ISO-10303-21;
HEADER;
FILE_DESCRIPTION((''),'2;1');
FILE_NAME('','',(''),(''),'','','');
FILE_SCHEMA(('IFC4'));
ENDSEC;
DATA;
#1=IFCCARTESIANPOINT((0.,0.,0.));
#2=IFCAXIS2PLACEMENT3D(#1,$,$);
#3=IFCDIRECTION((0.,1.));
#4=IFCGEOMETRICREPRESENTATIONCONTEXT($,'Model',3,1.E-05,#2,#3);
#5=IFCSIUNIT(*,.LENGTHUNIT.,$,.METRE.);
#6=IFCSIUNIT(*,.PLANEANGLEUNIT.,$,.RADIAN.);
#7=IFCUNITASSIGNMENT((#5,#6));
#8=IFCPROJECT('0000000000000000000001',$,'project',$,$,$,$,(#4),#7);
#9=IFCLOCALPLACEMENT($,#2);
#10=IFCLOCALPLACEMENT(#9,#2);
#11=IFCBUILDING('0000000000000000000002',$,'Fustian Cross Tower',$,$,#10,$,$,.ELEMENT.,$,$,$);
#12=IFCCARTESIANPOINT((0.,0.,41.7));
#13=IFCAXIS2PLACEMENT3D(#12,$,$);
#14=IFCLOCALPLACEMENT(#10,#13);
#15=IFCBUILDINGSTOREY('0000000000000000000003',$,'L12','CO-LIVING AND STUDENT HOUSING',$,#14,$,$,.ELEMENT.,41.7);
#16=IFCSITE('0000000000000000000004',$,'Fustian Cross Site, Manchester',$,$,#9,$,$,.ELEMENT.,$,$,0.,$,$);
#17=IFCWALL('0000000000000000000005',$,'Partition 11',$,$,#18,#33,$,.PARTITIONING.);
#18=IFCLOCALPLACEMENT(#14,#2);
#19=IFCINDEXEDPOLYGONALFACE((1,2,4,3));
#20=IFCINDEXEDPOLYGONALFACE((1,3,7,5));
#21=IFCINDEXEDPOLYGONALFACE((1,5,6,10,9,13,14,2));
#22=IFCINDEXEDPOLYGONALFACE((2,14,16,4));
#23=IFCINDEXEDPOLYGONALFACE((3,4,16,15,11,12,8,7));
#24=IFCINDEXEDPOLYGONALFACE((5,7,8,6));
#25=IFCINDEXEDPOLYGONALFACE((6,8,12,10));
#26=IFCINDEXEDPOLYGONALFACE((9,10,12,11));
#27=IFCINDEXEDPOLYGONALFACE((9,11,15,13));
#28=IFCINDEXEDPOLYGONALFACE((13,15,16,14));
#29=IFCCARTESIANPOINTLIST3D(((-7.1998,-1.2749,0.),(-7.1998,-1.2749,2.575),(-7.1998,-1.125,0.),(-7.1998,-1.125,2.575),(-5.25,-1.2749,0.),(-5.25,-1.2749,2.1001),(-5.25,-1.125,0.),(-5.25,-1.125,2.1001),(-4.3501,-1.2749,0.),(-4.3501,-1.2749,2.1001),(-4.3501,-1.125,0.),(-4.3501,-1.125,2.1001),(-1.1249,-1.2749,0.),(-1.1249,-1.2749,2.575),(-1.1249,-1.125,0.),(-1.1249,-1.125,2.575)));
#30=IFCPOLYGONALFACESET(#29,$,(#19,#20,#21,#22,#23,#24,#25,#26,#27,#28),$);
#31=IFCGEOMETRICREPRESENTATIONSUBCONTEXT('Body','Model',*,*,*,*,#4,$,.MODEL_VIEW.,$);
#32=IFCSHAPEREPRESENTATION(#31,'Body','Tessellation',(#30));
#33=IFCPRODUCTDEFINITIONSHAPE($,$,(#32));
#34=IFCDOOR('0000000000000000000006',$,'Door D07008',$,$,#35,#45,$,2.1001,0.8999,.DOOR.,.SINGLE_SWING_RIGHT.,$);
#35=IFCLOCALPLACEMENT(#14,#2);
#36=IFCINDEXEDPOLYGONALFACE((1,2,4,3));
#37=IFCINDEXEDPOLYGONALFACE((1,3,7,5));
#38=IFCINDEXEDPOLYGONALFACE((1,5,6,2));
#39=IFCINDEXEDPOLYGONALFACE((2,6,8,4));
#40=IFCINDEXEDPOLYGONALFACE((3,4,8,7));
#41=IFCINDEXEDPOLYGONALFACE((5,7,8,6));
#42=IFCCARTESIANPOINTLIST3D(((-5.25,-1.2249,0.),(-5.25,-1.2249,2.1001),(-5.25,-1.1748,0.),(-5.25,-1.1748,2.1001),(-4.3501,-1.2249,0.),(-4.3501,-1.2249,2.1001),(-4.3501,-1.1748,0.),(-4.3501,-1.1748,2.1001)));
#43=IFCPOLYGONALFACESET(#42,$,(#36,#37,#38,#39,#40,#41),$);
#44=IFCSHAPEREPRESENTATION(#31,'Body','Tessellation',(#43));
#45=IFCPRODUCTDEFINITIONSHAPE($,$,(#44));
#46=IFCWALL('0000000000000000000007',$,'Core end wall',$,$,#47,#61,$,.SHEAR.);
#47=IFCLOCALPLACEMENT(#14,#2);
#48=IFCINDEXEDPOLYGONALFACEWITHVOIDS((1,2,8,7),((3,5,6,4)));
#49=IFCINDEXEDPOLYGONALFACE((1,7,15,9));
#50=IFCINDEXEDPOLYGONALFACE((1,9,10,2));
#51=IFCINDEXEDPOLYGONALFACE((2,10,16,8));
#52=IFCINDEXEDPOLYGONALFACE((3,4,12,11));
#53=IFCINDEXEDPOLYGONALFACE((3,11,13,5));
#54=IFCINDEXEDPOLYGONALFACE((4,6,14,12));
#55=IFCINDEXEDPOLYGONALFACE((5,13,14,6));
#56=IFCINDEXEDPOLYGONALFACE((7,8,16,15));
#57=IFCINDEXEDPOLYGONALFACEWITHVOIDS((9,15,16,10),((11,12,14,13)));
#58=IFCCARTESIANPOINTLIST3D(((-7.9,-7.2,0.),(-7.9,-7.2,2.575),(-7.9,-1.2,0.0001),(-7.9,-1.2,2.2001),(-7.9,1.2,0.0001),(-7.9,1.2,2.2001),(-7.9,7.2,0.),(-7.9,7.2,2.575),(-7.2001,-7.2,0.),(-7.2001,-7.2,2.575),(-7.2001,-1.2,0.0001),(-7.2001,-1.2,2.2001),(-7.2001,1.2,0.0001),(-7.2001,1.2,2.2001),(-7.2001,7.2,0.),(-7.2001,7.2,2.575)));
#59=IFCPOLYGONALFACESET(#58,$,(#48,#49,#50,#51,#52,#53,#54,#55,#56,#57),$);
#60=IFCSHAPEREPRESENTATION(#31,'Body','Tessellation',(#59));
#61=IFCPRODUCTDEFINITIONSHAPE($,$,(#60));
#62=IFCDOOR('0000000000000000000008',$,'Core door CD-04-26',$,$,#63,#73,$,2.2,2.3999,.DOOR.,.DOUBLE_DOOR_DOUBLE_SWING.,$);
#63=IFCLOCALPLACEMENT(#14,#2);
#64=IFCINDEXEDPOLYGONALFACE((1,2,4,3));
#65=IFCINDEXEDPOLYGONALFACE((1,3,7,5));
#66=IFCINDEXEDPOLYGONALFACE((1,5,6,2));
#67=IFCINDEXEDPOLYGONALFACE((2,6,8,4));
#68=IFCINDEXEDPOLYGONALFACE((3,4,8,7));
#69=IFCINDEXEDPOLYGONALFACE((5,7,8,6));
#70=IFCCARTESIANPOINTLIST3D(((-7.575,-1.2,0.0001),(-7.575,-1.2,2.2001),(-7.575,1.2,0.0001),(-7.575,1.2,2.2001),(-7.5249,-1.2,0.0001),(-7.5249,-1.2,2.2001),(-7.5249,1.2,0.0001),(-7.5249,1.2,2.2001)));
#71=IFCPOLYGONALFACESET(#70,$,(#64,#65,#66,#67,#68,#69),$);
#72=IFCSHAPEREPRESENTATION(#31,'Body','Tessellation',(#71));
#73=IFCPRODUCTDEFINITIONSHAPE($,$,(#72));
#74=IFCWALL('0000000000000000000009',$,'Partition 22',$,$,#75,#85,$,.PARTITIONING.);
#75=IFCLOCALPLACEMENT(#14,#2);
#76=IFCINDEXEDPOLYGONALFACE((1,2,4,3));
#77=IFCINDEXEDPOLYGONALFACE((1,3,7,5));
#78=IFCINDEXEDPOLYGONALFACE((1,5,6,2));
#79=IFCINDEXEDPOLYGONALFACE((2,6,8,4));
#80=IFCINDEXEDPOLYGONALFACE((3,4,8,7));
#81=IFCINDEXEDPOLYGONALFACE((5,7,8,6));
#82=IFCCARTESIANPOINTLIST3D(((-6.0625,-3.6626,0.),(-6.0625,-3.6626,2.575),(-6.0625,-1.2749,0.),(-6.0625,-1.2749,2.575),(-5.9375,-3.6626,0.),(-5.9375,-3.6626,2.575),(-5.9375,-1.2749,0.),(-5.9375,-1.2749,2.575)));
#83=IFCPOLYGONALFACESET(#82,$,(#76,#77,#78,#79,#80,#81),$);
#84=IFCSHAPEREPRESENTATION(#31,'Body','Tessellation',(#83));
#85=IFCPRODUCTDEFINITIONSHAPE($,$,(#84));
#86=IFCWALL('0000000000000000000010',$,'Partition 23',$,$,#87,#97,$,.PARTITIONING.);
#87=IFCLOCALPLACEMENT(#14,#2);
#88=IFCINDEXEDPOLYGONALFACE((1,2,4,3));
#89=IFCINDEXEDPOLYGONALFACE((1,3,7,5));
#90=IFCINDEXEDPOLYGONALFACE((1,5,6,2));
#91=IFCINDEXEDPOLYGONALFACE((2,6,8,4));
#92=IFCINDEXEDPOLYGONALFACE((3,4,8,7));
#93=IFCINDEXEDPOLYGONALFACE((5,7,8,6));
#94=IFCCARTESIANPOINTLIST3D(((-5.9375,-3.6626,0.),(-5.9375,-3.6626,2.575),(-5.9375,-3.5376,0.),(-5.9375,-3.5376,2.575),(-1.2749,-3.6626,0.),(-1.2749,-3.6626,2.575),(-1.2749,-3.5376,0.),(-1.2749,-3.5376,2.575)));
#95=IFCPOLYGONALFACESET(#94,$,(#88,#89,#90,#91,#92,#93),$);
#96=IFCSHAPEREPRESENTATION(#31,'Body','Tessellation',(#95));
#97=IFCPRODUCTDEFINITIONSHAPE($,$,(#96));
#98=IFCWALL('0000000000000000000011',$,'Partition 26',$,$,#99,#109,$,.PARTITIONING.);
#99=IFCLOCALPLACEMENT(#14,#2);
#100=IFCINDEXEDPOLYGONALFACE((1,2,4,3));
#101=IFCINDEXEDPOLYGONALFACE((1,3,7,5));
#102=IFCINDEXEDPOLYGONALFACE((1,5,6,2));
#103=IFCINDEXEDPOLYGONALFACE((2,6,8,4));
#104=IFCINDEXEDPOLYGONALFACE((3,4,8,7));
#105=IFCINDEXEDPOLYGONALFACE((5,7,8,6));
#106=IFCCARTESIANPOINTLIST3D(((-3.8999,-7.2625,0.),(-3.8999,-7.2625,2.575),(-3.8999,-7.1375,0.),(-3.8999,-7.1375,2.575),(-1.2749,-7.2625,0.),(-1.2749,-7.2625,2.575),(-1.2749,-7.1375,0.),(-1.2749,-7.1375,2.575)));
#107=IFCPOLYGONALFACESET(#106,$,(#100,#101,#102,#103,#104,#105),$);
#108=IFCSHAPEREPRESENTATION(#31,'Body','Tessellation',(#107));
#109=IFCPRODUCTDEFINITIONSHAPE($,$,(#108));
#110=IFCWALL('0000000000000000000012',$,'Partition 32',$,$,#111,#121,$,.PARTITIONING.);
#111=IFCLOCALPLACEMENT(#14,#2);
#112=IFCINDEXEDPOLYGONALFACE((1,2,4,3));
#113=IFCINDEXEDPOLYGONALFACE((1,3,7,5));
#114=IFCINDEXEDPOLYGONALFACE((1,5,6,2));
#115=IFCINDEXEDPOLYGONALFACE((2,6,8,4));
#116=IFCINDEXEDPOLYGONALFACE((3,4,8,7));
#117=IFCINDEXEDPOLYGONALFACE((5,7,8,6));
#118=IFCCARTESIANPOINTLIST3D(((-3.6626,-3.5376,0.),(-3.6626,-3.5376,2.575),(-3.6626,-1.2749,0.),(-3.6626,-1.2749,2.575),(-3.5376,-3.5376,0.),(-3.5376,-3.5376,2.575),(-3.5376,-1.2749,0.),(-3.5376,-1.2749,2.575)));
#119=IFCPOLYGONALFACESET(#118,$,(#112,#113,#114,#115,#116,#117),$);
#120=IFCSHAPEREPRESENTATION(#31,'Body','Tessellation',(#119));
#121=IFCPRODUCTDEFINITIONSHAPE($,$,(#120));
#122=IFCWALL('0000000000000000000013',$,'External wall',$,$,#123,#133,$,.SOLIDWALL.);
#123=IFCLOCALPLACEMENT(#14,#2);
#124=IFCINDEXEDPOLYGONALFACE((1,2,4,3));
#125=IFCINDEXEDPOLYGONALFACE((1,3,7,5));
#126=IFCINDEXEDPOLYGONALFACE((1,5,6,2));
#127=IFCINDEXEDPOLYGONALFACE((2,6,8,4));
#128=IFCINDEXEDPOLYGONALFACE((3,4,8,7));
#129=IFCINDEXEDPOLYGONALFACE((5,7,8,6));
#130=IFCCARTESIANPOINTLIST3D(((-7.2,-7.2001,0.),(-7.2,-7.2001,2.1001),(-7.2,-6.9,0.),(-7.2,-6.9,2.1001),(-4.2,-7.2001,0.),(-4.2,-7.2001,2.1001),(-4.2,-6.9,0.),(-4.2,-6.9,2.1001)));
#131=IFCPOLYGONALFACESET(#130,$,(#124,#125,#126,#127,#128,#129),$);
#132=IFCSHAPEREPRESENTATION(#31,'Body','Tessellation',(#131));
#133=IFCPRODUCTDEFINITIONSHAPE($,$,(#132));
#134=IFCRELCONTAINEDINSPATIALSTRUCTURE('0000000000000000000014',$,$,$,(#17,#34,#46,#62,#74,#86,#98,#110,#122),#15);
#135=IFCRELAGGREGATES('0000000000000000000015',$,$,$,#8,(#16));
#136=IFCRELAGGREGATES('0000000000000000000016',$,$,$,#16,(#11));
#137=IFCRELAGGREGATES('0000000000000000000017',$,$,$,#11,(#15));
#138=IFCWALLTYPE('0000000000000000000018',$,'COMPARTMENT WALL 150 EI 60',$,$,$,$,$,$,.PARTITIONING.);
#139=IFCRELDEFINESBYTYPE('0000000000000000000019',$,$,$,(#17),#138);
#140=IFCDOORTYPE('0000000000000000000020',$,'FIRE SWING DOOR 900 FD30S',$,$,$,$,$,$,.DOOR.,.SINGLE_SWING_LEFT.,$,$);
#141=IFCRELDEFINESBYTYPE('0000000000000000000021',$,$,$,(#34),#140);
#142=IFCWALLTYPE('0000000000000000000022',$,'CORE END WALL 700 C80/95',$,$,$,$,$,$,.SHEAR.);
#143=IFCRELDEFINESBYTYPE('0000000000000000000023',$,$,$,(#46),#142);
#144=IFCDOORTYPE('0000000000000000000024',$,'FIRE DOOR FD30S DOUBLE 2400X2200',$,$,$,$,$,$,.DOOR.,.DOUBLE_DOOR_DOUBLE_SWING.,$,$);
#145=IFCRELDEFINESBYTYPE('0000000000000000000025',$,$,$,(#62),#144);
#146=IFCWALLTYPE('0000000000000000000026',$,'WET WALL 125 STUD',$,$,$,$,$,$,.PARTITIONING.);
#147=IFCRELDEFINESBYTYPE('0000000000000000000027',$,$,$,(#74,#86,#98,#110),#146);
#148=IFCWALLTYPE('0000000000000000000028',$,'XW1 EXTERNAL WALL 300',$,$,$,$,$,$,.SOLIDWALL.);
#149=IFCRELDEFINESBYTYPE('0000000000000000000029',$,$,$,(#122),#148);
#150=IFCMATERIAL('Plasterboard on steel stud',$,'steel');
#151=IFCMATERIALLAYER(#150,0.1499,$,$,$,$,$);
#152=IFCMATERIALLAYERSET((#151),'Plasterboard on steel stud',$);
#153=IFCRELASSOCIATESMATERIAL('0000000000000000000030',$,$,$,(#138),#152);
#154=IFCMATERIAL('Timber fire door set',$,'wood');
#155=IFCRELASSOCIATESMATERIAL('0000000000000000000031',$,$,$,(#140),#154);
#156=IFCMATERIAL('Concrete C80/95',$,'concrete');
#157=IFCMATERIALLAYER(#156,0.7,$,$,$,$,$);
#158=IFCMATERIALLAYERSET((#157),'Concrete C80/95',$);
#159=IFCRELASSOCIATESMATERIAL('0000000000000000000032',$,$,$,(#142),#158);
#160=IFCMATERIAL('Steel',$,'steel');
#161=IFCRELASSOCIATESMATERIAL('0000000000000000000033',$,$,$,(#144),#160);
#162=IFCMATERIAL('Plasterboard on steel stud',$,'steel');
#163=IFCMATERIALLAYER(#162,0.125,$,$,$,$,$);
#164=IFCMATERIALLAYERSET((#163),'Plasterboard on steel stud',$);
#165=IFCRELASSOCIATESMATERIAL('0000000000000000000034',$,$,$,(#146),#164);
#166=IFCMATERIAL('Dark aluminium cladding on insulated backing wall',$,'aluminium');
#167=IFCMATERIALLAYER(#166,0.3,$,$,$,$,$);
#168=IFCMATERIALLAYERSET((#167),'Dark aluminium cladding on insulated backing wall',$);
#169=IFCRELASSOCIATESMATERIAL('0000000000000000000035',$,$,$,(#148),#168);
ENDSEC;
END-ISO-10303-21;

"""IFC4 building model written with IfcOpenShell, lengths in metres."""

from ifc_helpers import new_model, si_unit, direction, frame, frame_2d, origin, place, context, subcontext, project, spatial, rectangle, extrude, material, layer, layer_set, type_object, element, fill, save


model = new_model("IFC4")

# Units and contexts
model_context = context("Model", 3, precision=1e-05, world=origin(), true_north=direction((0.0, 1.0)))
body_context = subcontext(model_context, "Body", "Model", "MODEL_VIEW")
ifc_project = project(units=[si_unit("LENGTHUNIT", "METRE"), si_unit("PLANEANGLEUNIT", "RADIAN")], contexts=[model_context])

# Site, building, storey
site_placement = place(None, origin())
site = spatial("IfcSite", under=ifc_project, at=site_placement, Name="Fustian Cross Site, Manchester", CompositionType="ELEMENT", RefElevation=0.0)
building_placement = place(site_placement, origin())
building = spatial("IfcBuilding", under=site, at=building_placement, Name="Fustian Cross Tower", CompositionType="ELEMENT")
storey_placement = place(building_placement, frame((0.0, 0.0, 41.7)))
storey = spatial("IfcBuildingStorey", under=building, at=storey_placement, Name="L12", Description="CO-LIVING AND STUDENT HOUSING", CompositionType="ELEMENT", Elevation=41.7)

# Walls, openings, doors
ifc_material_1 = material(Name="Plasterboard on steel stud", Category="steel")
ifc_layer_1 = layer(ifc_material_1, 0.1499)
ifc_layer_set_1 = layer_set([ifc_layer_1], Name="Plasterboard on steel stud")
wall_type_1 = type_object("IfcWallType", Name="COMPARTMENT WALL 150 EI 60", PredefinedType="PARTITIONING", material=ifc_layer_set_1)
wall_1_placement = place(storey_placement, frame((-7.2, -1.2, 0.0), z_axis=(0.0, 0.0, 1.0), x_axis=(1.0, 0.0, 0.0)))
wall_1 = element("IfcWall", 1, at=wall_1_placement, inside=storey, type_object=wall_type_1, Name="Partition 11", PredefinedType="PARTITIONING", context=body_context, shape_type="SweptSolid", body=[
    extrude(rectangle(XDim=6.075, YDim=0.1499, at=frame_2d((3.0376, 0.0))), origin(), (0.0, 0.0, 1.0), 2.575),
])
opening_1_placement = place(wall_1_placement, frame((1.95, 0.0, 0.0)))
opening_1 = element("IfcOpeningElement", 2, at=opening_1_placement, cuts=wall_1, PredefinedType="OPENING", context=body_context, shape_type="SweptSolid", body=[
    extrude(rectangle(XDim=0.8999, YDim=2.1001, at=frame_2d((0.45, 1.05))), frame((0.0, 0.085, 0.0), z_axis=(0.0, -1.0, 0.0), x_axis=(1.0, 0.0, 0.0)), (0.0, 0.0, 1.0), 0.1699),
])
ifc_material_2 = material(Name="Timber fire door set", Category="wood")
door_type_1 = type_object("IfcDoorType", Name="FIRE SWING DOOR 900 FD30S", OperationType="SINGLE_SWING_LEFT", PredefinedType="DOOR", material=ifc_material_2)
door_1_placement = place(opening_1_placement, frame((0.8999, 0.0, 0.0), z_axis=(0.0, 0.0, 1.0), x_axis=(-1.0, 0.0, 0.0)))
door_1 = element("IfcDoor", 3, at=door_1_placement, inside=storey, type_object=door_type_1, Name="Door D07008", OperationType="SINGLE_SWING_RIGHT", OverallHeight=2.1001, OverallWidth=0.8999, PredefinedType="DOOR", context=body_context, shape_type="SweptSolid", body=[
    extrude(rectangle(XDim=0.8999, YDim=2.1001, at=frame_2d((0.45, 1.05))), frame((0.0, 0.0249, 0.0), z_axis=(0.0, -1.0, 0.0), x_axis=(1.0, 0.0, 0.0)), (0.0, 0.0, 1.0), 0.05),
])
fill(opening_1, door_1)
ifc_material_3 = material(Name="Concrete C80/95", Category="concrete")
ifc_layer_2 = layer(ifc_material_3, 0.7)
ifc_layer_set_2 = layer_set([ifc_layer_2], Name="Concrete C80/95")
wall_type_2 = type_object("IfcWallType", Name="CORE END WALL 700 C80/95", PredefinedType="SHEAR", material=ifc_layer_set_2)
wall_2_placement = place(storey_placement, frame((-7.55, -7.2, 0.0), z_axis=(0.0, 0.0, 1.0), x_axis=(0.0, 1.0, 0.0)))
wall_2 = element("IfcWall", 4, at=wall_2_placement, inside=storey, type_object=wall_type_2, Name="Core end wall", PredefinedType="SHEAR", context=body_context, shape_type="SweptSolid", body=[
    extrude(rectangle(XDim=14.3999, YDim=0.7, at=frame_2d((7.2, 0.0))), origin(), (0.0, 0.0, 1.0), 2.575),
])
opening_2_placement = place(wall_2_placement, frame((6.0, 0.0, 0.0)))
opening_2 = element("IfcOpeningElement", 5, at=opening_2_placement, cuts=wall_2, PredefinedType="OPENING", context=body_context, shape_type="SweptSolid", body=[
    extrude(rectangle(XDim=2.3999, YDim=2.2, at=frame_2d((1.2, 1.1001))), frame((0.0, 0.3599, 0.0), z_axis=(0.0, -1.0, 0.0), x_axis=(1.0, 0.0, 0.0)), (0.0, 0.0, 1.0), 0.72),
])
ifc_material_4 = material(Name="Steel", Category="steel")
door_type_2 = type_object("IfcDoorType", Name="FIRE DOOR FD30S DOUBLE 2400X2200", OperationType="DOUBLE_DOOR_DOUBLE_SWING", PredefinedType="DOOR", material=ifc_material_4)
door_2_placement = place(opening_2_placement, origin())
door_2 = element("IfcDoor", 6, at=door_2_placement, inside=storey, type_object=door_type_2, Name="Core door CD-04-26", OperationType="DOUBLE_DOOR_DOUBLE_SWING", OverallHeight=2.2, OverallWidth=2.3999, PredefinedType="DOOR", context=body_context, shape_type="SweptSolid", body=[
    extrude(rectangle(XDim=2.3999, YDim=2.2, at=frame_2d((1.2, 1.1001))), frame((0.0, 0.0249, 0.0), z_axis=(0.0, -1.0, 0.0), x_axis=(1.0, 0.0, 0.0)), (0.0, 0.0, 1.0), 0.05),
])
fill(opening_2, door_2)

# Walls
ifc_material_5 = material(Name="Plasterboard on steel stud", Category="steel")
ifc_layer_3 = layer(ifc_material_5, 0.125)
ifc_layer_set_3 = layer_set([ifc_layer_3], Name="Plasterboard on steel stud")
wall_type_3 = type_object("IfcWallType", Name="WET WALL 125 STUD", PredefinedType="PARTITIONING", material=ifc_layer_set_3)
wall_3_placement = place(storey_placement, frame((-6.0, -3.6626, 0.0), z_axis=(0.0, 0.0, 1.0), x_axis=(0.0, 1.0, 0.0)))
element("IfcWall", 7, at=wall_3_placement, inside=storey, type_object=wall_type_3, Name="Partition 22", PredefinedType="PARTITIONING", context=body_context, shape_type="SweptSolid", body=[
    extrude(rectangle(XDim=2.3877, YDim=0.125, at=frame_2d((1.1938, 0.0))), origin(), (0.0, 0.0, 1.0), 2.575),
])
wall_4_placement = place(storey_placement, frame((-5.9375, -3.6001, 0.0), z_axis=(0.0, 0.0, 1.0), x_axis=(1.0, 0.0, 0.0)))
element("IfcWall", 8, at=wall_4_placement, inside=storey, type_object=wall_type_3, Name="Partition 23", PredefinedType="PARTITIONING", context=body_context, shape_type="SweptSolid", body=[
    extrude(rectangle(XDim=4.6626, YDim=0.125, at=frame_2d((2.3313, 0.0))), origin(), (0.0, 0.0, 1.0), 2.575),
])
wall_5_placement = place(storey_placement, frame((-3.8999, -7.2, 0.0), z_axis=(0.0, 0.0, 1.0), x_axis=(1.0, 0.0, 0.0)))
element("IfcWall", 9, at=wall_5_placement, inside=storey, type_object=wall_type_3, Name="Partition 26", PredefinedType="PARTITIONING", context=body_context, shape_type="SweptSolid", body=[
    extrude(rectangle(XDim=2.625, YDim=0.125, at=frame_2d((1.3125, 0.0))), origin(), (0.0, 0.0, 1.0), 2.575),
])
wall_6_placement = place(storey_placement, frame((-3.6001, -3.5376, 0.0), z_axis=(0.0, 0.0, 1.0), x_axis=(0.0, 1.0, 0.0)))
element("IfcWall", 10, at=wall_6_placement, inside=storey, type_object=wall_type_3, Name="Partition 32", PredefinedType="PARTITIONING", context=body_context, shape_type="SweptSolid", body=[
    extrude(rectangle(XDim=2.2627, YDim=0.125, at=frame_2d((1.1313, 0.0))), origin(), (0.0, 0.0, 1.0), 2.575),
])
ifc_material_6 = material(Name="Dark aluminium cladding on insulated backing wall", Category="aluminium")
ifc_layer_4 = layer(ifc_material_6, 0.3)
ifc_layer_set_4 = layer_set([ifc_layer_4], Name="Dark aluminium cladding on insulated backing wall")
wall_type_4 = type_object("IfcWallType", Name="XW1 EXTERNAL WALL 300", PredefinedType="SOLIDWALL", material=ifc_layer_set_4)
wall_7_placement = place(storey_placement, frame((-7.2, -7.05, 0.0), z_axis=(0.0, 0.0, 1.0), x_axis=(1.0, 0.0, 0.0)))
element("IfcWall", 11, at=wall_7_placement, inside=storey, type_object=wall_type_4, Name="External wall", PredefinedType="SOLIDWALL", context=body_context, shape_type="SweptSolid", body=[
    extrude(rectangle(XDim=3.0, YDim=0.3, at=frame_2d((1.5, 0.0))), origin(), (0.0, 0.0, 1.0), 2.1001),
])

save(model, "model.ifc")
